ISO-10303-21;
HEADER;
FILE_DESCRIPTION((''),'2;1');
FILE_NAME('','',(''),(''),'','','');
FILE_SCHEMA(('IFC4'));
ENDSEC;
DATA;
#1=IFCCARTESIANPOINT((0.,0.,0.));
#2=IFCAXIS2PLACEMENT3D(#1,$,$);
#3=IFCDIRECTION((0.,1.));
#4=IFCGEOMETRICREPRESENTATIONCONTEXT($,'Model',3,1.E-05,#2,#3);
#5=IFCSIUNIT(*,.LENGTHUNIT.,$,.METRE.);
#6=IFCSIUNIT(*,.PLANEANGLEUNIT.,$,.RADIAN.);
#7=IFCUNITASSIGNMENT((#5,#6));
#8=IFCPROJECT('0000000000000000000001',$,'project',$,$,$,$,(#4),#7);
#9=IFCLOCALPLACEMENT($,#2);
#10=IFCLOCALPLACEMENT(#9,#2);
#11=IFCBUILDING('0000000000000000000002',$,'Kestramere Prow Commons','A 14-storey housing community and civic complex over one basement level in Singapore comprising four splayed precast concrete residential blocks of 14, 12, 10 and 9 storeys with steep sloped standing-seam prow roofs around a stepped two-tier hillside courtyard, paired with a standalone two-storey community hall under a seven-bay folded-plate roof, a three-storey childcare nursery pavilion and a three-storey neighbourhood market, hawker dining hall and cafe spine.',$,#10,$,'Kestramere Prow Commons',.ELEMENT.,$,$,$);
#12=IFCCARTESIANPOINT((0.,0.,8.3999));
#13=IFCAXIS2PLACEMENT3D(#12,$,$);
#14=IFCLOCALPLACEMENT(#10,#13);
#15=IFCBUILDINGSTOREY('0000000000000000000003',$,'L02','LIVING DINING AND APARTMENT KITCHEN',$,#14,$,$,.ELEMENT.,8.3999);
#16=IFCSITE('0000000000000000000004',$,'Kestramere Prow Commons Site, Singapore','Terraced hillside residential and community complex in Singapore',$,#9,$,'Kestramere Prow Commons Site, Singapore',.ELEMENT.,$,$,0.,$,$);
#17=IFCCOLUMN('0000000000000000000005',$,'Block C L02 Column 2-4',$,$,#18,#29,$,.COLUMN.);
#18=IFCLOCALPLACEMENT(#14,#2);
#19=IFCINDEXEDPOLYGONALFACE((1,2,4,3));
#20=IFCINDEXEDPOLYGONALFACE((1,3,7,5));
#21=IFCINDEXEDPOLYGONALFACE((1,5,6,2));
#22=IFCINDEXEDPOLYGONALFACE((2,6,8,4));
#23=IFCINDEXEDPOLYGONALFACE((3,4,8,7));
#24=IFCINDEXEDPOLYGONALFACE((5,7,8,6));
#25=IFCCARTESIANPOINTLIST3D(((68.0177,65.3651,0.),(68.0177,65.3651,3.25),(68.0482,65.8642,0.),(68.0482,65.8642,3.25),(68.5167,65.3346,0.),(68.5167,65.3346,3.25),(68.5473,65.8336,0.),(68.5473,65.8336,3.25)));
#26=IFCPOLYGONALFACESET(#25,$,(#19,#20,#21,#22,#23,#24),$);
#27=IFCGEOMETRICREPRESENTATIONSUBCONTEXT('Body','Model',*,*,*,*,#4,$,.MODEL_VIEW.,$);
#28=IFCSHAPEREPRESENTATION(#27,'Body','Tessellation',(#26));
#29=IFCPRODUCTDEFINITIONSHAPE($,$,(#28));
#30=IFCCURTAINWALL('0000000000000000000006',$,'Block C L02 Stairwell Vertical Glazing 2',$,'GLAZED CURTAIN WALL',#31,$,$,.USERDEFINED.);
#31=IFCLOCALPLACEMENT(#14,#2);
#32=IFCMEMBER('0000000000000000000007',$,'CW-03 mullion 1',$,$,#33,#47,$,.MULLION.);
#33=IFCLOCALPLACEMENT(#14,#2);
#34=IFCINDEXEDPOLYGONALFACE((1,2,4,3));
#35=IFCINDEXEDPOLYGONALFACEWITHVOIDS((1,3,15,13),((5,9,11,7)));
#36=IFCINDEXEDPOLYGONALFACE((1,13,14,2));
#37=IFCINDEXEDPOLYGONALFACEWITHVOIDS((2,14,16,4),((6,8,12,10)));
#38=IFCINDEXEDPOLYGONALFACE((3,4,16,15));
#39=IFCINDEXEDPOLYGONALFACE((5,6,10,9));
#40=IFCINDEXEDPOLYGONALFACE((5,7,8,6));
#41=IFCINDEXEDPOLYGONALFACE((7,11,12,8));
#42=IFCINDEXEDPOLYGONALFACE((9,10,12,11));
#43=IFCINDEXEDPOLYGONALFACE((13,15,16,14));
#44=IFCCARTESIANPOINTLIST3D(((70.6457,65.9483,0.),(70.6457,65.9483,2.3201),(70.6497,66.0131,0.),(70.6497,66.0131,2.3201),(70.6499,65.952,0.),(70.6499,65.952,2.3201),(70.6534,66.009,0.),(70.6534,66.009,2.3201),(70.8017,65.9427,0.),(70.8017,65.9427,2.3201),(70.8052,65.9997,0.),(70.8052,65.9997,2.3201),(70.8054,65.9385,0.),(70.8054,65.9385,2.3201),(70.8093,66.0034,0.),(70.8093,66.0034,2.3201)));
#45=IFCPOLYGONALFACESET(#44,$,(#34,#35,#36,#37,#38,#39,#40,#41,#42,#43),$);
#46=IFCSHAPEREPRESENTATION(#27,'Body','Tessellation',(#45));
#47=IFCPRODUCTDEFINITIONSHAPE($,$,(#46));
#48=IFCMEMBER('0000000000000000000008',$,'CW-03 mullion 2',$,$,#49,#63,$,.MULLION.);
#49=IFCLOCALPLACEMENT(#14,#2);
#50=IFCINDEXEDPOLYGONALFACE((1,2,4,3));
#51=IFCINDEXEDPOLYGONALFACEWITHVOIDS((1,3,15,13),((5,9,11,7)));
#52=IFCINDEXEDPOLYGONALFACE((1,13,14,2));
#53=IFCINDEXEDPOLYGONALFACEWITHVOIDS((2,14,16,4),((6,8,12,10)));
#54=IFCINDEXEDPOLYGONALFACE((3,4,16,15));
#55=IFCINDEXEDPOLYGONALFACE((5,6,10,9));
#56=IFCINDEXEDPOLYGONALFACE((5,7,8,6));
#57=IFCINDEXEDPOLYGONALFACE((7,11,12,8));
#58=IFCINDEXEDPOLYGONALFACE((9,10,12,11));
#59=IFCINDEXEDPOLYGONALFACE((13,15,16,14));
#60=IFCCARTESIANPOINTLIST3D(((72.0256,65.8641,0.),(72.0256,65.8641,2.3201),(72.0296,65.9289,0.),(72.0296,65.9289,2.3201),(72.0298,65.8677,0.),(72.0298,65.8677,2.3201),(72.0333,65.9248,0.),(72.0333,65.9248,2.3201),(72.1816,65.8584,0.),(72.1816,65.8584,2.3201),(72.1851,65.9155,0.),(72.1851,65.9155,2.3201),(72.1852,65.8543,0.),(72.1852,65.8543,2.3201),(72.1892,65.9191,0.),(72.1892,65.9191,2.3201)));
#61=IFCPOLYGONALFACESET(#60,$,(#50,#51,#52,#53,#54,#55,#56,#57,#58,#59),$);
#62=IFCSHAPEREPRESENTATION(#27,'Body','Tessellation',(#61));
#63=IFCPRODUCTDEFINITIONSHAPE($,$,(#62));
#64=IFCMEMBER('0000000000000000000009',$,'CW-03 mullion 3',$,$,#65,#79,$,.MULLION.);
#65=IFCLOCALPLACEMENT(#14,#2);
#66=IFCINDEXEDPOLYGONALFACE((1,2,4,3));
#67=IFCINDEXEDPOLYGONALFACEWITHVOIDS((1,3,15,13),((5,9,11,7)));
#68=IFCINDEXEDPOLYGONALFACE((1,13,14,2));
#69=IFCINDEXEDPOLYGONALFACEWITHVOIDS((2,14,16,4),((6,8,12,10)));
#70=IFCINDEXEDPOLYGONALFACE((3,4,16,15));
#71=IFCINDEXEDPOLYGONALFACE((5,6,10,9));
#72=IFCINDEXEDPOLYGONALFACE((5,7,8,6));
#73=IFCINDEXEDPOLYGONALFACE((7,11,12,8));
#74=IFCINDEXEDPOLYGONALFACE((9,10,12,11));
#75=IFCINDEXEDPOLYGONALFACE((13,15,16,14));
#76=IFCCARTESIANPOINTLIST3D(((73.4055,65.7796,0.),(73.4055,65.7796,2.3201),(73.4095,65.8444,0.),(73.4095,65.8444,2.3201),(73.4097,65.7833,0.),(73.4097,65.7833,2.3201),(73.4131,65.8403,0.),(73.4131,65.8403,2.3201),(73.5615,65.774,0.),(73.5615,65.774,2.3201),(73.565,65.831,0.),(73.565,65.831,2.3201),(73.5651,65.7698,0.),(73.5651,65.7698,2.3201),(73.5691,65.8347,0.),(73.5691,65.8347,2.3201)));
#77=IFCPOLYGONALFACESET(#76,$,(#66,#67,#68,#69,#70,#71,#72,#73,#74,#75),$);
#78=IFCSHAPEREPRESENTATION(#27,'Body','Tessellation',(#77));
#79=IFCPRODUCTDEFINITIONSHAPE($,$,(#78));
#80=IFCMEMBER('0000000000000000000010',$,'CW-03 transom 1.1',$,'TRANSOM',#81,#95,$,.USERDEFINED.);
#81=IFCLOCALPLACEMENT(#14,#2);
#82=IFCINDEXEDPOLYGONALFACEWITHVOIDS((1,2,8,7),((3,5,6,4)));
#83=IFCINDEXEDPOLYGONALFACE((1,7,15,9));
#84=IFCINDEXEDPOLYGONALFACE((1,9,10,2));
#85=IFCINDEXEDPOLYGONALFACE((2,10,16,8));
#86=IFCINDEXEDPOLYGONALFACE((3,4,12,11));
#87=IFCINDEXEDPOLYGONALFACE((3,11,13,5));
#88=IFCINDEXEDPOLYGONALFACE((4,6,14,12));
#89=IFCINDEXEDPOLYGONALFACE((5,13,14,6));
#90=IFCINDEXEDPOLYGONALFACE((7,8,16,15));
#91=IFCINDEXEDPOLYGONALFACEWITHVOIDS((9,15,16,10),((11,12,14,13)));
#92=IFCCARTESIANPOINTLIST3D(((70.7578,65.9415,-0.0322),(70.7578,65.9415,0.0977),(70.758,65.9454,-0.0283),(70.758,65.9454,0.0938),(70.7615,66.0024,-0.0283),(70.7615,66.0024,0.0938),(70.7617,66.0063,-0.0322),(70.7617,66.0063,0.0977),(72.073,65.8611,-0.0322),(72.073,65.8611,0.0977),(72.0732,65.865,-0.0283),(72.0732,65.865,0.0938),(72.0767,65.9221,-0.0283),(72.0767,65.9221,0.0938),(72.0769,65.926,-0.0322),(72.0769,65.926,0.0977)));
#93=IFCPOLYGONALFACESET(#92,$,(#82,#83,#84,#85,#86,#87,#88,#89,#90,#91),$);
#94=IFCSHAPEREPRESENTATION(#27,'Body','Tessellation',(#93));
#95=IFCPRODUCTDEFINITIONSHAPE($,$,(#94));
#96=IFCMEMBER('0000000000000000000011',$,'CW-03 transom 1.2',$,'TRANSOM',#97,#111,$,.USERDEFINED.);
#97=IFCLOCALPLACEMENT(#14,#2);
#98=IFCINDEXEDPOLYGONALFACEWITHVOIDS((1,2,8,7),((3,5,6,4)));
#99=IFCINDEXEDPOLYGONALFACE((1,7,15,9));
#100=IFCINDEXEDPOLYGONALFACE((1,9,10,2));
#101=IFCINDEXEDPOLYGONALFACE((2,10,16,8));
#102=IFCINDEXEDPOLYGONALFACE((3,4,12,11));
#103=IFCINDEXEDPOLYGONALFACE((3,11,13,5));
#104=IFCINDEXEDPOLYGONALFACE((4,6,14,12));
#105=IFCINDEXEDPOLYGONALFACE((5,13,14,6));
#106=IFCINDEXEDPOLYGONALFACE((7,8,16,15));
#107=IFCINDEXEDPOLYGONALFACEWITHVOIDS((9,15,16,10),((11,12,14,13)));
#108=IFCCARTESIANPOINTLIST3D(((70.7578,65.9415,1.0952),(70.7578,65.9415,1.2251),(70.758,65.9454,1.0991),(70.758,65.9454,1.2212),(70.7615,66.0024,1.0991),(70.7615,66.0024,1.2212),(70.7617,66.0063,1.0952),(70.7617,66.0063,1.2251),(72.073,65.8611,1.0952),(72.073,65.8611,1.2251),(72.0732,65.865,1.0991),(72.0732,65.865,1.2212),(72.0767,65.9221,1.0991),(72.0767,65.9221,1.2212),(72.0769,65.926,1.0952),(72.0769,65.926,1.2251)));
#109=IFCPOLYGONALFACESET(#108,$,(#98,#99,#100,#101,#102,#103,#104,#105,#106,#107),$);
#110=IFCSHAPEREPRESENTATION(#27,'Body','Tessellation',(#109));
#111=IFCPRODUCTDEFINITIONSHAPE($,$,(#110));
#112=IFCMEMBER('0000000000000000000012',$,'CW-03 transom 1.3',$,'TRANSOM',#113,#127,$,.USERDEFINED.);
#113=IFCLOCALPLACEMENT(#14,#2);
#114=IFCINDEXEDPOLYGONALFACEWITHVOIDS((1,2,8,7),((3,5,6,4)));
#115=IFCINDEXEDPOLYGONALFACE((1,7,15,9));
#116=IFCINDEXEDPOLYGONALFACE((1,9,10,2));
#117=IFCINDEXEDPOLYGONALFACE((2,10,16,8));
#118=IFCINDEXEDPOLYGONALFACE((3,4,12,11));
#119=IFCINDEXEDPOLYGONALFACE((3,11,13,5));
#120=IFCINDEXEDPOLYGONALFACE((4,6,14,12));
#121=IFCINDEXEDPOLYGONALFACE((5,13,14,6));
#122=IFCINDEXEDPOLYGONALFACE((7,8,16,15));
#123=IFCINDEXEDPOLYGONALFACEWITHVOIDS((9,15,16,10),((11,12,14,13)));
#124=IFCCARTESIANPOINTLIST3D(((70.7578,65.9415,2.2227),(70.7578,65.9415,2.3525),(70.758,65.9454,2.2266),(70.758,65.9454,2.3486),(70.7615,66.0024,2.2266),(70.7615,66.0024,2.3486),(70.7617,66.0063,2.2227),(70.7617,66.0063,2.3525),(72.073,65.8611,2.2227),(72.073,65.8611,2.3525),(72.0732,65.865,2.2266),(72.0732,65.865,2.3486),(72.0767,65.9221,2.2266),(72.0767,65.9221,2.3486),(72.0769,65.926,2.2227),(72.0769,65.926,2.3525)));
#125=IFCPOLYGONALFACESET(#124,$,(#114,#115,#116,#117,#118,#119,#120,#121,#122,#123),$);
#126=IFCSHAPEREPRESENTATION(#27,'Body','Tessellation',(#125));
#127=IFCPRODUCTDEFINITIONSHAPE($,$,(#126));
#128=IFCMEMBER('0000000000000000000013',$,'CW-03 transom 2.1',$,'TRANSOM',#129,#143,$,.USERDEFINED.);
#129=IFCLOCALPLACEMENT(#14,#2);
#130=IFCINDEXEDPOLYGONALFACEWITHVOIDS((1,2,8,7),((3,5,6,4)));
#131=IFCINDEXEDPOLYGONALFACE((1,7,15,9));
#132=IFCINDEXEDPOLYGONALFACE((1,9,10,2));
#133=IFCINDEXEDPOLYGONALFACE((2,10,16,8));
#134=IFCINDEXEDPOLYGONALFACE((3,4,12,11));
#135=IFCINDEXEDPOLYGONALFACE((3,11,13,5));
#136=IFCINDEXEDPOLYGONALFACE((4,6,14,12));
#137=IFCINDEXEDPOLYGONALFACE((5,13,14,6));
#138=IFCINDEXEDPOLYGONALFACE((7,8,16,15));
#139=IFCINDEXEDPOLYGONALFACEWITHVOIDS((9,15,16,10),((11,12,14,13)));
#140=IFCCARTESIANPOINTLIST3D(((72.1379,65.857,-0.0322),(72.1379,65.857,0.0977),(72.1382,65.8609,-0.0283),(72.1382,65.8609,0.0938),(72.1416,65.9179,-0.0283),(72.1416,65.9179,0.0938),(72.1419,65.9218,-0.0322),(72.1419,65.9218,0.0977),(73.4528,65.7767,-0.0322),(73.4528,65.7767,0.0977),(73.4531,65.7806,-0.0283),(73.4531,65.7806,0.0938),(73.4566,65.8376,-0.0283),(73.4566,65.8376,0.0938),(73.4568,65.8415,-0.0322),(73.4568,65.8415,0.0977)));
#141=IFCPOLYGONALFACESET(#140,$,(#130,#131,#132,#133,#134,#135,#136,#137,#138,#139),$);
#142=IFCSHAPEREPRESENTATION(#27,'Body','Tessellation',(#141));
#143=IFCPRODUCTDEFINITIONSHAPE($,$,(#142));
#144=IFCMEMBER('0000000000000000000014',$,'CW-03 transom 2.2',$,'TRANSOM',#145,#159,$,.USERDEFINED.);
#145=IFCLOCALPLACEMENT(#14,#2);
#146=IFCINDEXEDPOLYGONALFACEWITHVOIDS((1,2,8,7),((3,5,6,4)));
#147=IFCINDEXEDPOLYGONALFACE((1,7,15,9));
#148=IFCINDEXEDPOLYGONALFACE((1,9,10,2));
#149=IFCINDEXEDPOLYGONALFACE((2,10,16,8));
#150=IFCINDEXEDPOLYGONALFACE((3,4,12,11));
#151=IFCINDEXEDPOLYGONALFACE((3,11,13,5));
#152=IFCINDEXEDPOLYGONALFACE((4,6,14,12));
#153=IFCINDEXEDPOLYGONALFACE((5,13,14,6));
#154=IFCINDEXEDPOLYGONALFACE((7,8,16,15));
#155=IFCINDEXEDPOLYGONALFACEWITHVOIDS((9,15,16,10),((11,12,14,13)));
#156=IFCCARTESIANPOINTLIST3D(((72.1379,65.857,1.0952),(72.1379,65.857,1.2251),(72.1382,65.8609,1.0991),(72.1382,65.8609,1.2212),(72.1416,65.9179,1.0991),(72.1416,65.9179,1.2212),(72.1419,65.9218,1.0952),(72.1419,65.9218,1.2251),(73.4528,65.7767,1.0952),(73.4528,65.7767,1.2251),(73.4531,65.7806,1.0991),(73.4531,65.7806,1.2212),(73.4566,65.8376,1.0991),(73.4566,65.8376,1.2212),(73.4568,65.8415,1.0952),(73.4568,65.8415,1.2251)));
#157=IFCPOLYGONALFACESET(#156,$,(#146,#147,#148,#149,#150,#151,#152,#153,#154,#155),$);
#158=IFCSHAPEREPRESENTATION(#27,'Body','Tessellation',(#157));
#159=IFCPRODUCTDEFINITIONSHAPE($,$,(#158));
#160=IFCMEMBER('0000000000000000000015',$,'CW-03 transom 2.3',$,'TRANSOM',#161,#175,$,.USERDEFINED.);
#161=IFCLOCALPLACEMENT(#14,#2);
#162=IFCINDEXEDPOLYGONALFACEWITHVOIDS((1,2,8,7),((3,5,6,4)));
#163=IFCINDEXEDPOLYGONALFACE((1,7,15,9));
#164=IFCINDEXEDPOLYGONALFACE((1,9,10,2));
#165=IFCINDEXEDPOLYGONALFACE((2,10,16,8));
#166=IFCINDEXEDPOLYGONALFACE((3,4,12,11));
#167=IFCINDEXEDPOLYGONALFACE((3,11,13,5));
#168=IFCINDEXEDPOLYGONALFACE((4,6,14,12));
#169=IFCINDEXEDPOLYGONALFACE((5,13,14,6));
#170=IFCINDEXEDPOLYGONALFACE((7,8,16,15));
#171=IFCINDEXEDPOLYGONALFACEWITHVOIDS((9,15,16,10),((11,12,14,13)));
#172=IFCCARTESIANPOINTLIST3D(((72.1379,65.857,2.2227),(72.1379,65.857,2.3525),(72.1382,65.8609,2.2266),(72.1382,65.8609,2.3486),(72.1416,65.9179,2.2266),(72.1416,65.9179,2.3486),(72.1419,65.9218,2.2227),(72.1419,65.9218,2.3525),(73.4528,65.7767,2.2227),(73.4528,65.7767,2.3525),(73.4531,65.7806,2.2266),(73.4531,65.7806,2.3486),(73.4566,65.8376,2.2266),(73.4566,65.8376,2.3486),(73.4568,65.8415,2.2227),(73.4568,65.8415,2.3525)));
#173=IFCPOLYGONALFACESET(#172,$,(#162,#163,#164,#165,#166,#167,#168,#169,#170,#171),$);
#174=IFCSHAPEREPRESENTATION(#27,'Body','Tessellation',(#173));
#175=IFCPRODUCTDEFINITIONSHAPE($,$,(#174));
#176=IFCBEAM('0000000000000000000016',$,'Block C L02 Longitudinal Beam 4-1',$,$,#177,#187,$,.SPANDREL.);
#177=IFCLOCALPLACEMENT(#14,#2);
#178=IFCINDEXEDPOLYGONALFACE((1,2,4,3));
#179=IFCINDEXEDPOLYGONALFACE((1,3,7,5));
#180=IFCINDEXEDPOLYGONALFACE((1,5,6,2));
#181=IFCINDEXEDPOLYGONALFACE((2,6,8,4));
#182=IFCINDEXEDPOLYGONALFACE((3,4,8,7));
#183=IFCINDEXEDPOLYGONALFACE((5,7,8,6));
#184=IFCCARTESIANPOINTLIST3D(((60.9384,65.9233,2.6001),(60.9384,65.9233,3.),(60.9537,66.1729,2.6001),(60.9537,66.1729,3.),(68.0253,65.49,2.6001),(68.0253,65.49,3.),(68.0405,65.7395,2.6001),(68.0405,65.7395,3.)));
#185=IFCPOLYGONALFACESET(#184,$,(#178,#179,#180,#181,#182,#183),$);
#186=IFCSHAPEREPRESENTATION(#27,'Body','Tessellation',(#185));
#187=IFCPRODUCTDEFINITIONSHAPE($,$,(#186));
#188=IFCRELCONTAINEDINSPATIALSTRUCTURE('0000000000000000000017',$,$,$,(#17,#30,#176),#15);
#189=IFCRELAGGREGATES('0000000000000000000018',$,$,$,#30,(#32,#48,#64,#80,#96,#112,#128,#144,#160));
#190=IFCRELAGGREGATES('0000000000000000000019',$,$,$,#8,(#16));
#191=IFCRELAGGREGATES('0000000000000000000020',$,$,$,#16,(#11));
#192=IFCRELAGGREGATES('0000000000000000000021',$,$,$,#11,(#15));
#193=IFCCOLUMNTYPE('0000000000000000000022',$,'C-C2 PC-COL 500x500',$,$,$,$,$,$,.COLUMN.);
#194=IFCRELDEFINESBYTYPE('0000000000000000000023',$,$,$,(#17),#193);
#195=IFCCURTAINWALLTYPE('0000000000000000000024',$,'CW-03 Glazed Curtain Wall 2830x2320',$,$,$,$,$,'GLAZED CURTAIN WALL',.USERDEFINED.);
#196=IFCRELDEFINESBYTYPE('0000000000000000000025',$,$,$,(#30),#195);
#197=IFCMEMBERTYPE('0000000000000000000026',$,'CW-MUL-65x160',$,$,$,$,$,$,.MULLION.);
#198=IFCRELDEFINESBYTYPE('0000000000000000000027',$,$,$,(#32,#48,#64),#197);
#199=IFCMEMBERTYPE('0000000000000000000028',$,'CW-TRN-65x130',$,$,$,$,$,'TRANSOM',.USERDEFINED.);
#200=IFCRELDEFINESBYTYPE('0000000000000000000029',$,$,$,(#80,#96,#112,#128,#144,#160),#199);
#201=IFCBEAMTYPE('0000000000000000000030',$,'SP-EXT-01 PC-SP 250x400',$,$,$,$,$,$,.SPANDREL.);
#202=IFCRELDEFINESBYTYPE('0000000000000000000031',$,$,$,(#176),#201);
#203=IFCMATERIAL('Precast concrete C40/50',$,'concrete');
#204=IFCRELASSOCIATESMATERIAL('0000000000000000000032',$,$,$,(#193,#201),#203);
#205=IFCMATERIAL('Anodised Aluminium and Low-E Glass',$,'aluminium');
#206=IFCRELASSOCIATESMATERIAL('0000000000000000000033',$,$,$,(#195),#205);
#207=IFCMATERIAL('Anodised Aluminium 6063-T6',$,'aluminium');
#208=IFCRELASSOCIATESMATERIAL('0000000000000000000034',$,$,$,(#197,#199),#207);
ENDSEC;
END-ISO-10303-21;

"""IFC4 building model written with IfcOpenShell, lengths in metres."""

from ifc_helpers import new_model, si_unit, direction, frame, origin, origin_2d, place, context, subcontext, project, spatial, rectangle, hollow_rectangle, extrude, material, material_profile, profile_set, type_object, element, aggregate, save


model = new_model("IFC4")

# Units and contexts
model_context = context("Model", 3, precision=1e-05, world=origin(), true_north=direction((0.0, 1.0)))
body_context = subcontext(model_context, "Body", "Model", "MODEL_VIEW")
ifc_project = project(units=[si_unit("LENGTHUNIT", "METRE"), si_unit("PLANEANGLEUNIT", "RADIAN")], contexts=[model_context])

# Site, building, storey
site_placement = place(None, origin())
site = spatial("IfcSite", under=ifc_project, at=site_placement, Name="Kestramere Prow Commons Site, Singapore", Description="Terraced hillside residential and community complex in Singapore", LongName="Kestramere Prow Commons Site, Singapore", CompositionType="ELEMENT", RefElevation=0.0)
building_placement = place(site_placement, origin())
building = spatial("IfcBuilding", under=site, at=building_placement, Name="Kestramere Prow Commons", Description="A 14-storey housing community and civic complex over one basement level in Singapore comprising four splayed precast concrete residential blocks of 14, 12, 10 and 9 storeys with steep sloped standing-seam prow roofs around a stepped two-tier hillside courtyard, paired with a standalone two-storey community hall under a seven-bay folded-plate roof, a three-storey childcare nursery pavilion and a three-storey neighbourhood market, hawker dining hall and cafe spine.", LongName="Kestramere Prow Commons", CompositionType="ELEMENT")
storey_placement = place(building_placement, frame((0.0, 0.0, 8.3999)))
storey = spatial("IfcBuildingStorey", under=building, at=storey_placement, Name="L02", Description="LIVING DINING AND APARTMENT KITCHEN", CompositionType="ELEMENT", Elevation=8.3999)

# Column
ifc_material_1 = material(Name="Precast concrete C40/50", Category="concrete")
ifc_material_profile_1 = material_profile(ifc_material_1, rectangle(XDim=0.5, YDim=0.5, at=origin_2d()), Name="PC-COL 500x500")
ifc_profile_set_1 = profile_set([ifc_material_profile_1], Name="Precast concrete C40/50")
column_type = type_object("IfcColumnType", Name="C-C2 PC-COL 500x500", PredefinedType="COLUMN", material=ifc_profile_set_1)
column_placement = place(storey_placement, frame((68.2825, 65.5994, 0.0), z_axis=(0.0, 0.0, 1.0), x_axis=(0.998135, -0.061049, 0.0)))
element("IfcColumn", 1, at=column_placement, inside=storey, type_object=column_type, Name="Block C L02 Column 2-4", PredefinedType="COLUMN", context=body_context, shape_type="SweptSolid", body=[
    extrude(rectangle(XDim=0.5, YDim=0.5, at=origin_2d()), origin(), (0.0, 0.0, 1.0), 3.25),
])

# Curtain wall, members
ifc_material_2 = material(Name="Anodised Aluminium and Low-E Glass", Category="aluminium")
curtain_wall_type = type_object("IfcCurtainWallType", Name="CW-03 Glazed Curtain Wall 2830x2320", ElementType="GLAZED CURTAIN WALL", PredefinedType="USERDEFINED", material=ifc_material_2)
curtain_wall_placement = place(storey_placement, origin())
curtain_wall = element("IfcCurtainWall", 2, at=curtain_wall_placement, inside=storey, type_object=curtain_wall_type, Name="Block C L02 Stairwell Vertical Glazing 2", ObjectType="GLAZED CURTAIN WALL", PredefinedType="USERDEFINED")
ifc_material_3 = material(Name="Anodised Aluminium 6063-T6", Category="aluminium")
ifc_material_profile_2 = material_profile(ifc_material_3, hollow_rectangle(XDim=0.0649, YDim=0.1599, WallThickness=0.0039, at=origin_2d()), Name="ALU-MUL 65x160")
ifc_profile_set_2 = profile_set([ifc_material_profile_2], Name="Anodised Aluminium 6063-T6")
member_type_1 = type_object("IfcMemberType", Name="CW-MUL-65x160", PredefinedType="MULLION", material=ifc_profile_set_2)
member_1_placement = place(storey_placement, frame((70.7275, 65.9758, 0.0), z_axis=(0.0, 0.0, 1.0), x_axis=(0.061048, 0.998135, 0.0)))
member_1 = element("IfcMember", 3, at=member_1_placement, type_object=member_type_1, Name="CW-03 mullion 1", PredefinedType="MULLION", context=body_context, shape_type="SweptSolid", body=[
    extrude(hollow_rectangle(XDim=0.0649, YDim=0.1599, WallThickness=0.0039, at=origin_2d()), origin(), (0.0, 0.0, 1.0), 2.3201),
])
member_2_placement = place(storey_placement, frame((72.1074, 65.8916, 0.0), z_axis=(0.0, 0.0, 1.0), x_axis=(0.061048, 0.998135, 0.0)))
member_2 = element("IfcMember", 4, at=member_2_placement, type_object=member_type_1, Name="CW-03 mullion 2", PredefinedType="MULLION", context=body_context, shape_type="SweptSolid", body=[
    extrude(hollow_rectangle(XDim=0.0649, YDim=0.1599, WallThickness=0.0039, at=origin_2d()), origin(), (0.0, 0.0, 1.0), 2.3201),
])
member_3_placement = place(storey_placement, frame((73.4873, 65.8071, 0.0), z_axis=(0.0, 0.0, 1.0), x_axis=(0.061048, 0.998135, 0.0)))
member_3 = element("IfcMember", 5, at=member_3_placement, type_object=member_type_1, Name="CW-03 mullion 3", PredefinedType="MULLION", context=body_context, shape_type="SweptSolid", body=[
    extrude(hollow_rectangle(XDim=0.0649, YDim=0.1599, WallThickness=0.0039, at=origin_2d()), origin(), (0.0, 0.0, 1.0), 2.3201),
])
ifc_material_profile_3 = material_profile(ifc_material_3, hollow_rectangle(XDim=0.0649, YDim=0.1299, WallThickness=0.0039, at=origin_2d()), Name="ALU-TRN 65x130")
ifc_profile_set_3 = profile_set([ifc_material_profile_3], Name="Anodised Aluminium 6063-T6")
member_type_2 = type_object("IfcMemberType", Name="CW-TRN-65x130", ElementType="TRANSOM", PredefinedType="USERDEFINED", material=ifc_profile_set_3)
member_4_placement = place(storey_placement, frame((70.7598, 65.9739, 0.0327), z_axis=(0.99814, -0.060959, 0.0), x_axis=(0.060959, 0.99814, 0.0)))
member_4 = element("IfcMember", 6, at=member_4_placement, type_object=member_type_2, Name="CW-03 transom 1.1", ObjectType="TRANSOM", PredefinedType="USERDEFINED", context=body_context, shape_type="SweptSolid", body=[
    extrude(hollow_rectangle(XDim=0.0649, YDim=0.1299, WallThickness=0.0039, at=origin_2d()), origin(), (0.0, 0.0, 1.0), 1.3176),
])
member_5_placement = place(storey_placement, frame((70.7598, 65.9739, 1.1602), z_axis=(0.99814, -0.060959, 0.0), x_axis=(0.060959, 0.99814, 0.0)))
member_5 = element("IfcMember", 7, at=member_5_placement, type_object=member_type_2, Name="CW-03 transom 1.2", ObjectType="TRANSOM", PredefinedType="USERDEFINED", context=body_context, shape_type="SweptSolid", body=[
    extrude(hollow_rectangle(XDim=0.0649, YDim=0.1299, WallThickness=0.0039, at=origin_2d()), origin(), (0.0, 0.0, 1.0), 1.3176),
])
member_6_placement = place(storey_placement, frame((70.7598, 65.9739, 2.2876), z_axis=(0.99814, -0.060959, 0.0), x_axis=(0.060959, 0.99814, 0.0)))
member_6 = element("IfcMember", 8, at=member_6_placement, type_object=member_type_2, Name="CW-03 transom 1.3", ObjectType="TRANSOM", PredefinedType="USERDEFINED", context=body_context, shape_type="SweptSolid", body=[
    extrude(hollow_rectangle(XDim=0.0649, YDim=0.1299, WallThickness=0.0039, at=origin_2d()), origin(), (0.0, 0.0, 1.0), 1.3176),
])
member_7_placement = place(storey_placement, frame((72.1399, 65.8894, 0.0327), z_axis=(0.99814, -0.060971, 0.0), x_axis=(0.060971, 0.99814, 0.0)))
member_7 = element("IfcMember", 9, at=member_7_placement, type_object=member_type_2, Name="CW-03 transom 2.1", ObjectType="TRANSOM", PredefinedType="USERDEFINED", context=body_context, shape_type="SweptSolid", body=[
    extrude(hollow_rectangle(XDim=0.0649, YDim=0.1299, WallThickness=0.0039, at=origin_2d()), origin(), (0.0, 0.0, 1.0), 1.3174),
])
member_8_placement = place(storey_placement, frame((72.1399, 65.8894, 1.1602), z_axis=(0.99814, -0.060971, 0.0), x_axis=(0.060971, 0.99814, 0.0)))
member_8 = element("IfcMember", 10, at=member_8_placement, type_object=member_type_2, Name="CW-03 transom 2.2", ObjectType="TRANSOM", PredefinedType="USERDEFINED", context=body_context, shape_type="SweptSolid", body=[
    extrude(hollow_rectangle(XDim=0.0649, YDim=0.1299, WallThickness=0.0039, at=origin_2d()), origin(), (0.0, 0.0, 1.0), 1.3174),
])
member_9_placement = place(storey_placement, frame((72.1399, 65.8894, 2.2876), z_axis=(0.99814, -0.060971, 0.0), x_axis=(0.060971, 0.99814, 0.0)))
member_9 = element("IfcMember", 11, at=member_9_placement, type_object=member_type_2, Name="CW-03 transom 2.3", ObjectType="TRANSOM", PredefinedType="USERDEFINED", context=body_context, shape_type="SweptSolid", body=[
    extrude(hollow_rectangle(XDim=0.0649, YDim=0.1299, WallThickness=0.0039, at=origin_2d()), origin(), (0.0, 0.0, 1.0), 1.3174),
])

# Beam
ifc_material_profile_4 = material_profile(ifc_material_1, rectangle(XDim=0.25, YDim=0.3999, at=origin_2d()), Name="PC-SP 250x400")
ifc_profile_set_4 = profile_set([ifc_material_profile_4], Name="Precast concrete C40/50")
beam_type = type_object("IfcBeamType", Name="SP-EXT-01 PC-SP 250x400", PredefinedType="SPANDREL", material=ifc_profile_set_4)
beam_1_placement = place(storey_placement, frame((60.946, 66.0481, 2.8), z_axis=(0.998136, -0.061034, 0.0), x_axis=(0.061034, 0.998136, 0.0)))
element("IfcBeam", 12, at=beam_1_placement, inside=storey, type_object=beam_type, Name="Block C L02 Longitudinal Beam 4-1", PredefinedType="SPANDREL", context=body_context, shape_type="SweptSolid", body=[
    extrude(rectangle(XDim=0.25, YDim=0.3999, at=origin_2d()), origin(), (0.0, 0.0, 1.0), 7.1001),
])

aggregate(curtain_wall, [member_1, member_2, member_3, member_4, member_5, member_6, member_7, member_8, member_9])

save(model, "model.ifc")
